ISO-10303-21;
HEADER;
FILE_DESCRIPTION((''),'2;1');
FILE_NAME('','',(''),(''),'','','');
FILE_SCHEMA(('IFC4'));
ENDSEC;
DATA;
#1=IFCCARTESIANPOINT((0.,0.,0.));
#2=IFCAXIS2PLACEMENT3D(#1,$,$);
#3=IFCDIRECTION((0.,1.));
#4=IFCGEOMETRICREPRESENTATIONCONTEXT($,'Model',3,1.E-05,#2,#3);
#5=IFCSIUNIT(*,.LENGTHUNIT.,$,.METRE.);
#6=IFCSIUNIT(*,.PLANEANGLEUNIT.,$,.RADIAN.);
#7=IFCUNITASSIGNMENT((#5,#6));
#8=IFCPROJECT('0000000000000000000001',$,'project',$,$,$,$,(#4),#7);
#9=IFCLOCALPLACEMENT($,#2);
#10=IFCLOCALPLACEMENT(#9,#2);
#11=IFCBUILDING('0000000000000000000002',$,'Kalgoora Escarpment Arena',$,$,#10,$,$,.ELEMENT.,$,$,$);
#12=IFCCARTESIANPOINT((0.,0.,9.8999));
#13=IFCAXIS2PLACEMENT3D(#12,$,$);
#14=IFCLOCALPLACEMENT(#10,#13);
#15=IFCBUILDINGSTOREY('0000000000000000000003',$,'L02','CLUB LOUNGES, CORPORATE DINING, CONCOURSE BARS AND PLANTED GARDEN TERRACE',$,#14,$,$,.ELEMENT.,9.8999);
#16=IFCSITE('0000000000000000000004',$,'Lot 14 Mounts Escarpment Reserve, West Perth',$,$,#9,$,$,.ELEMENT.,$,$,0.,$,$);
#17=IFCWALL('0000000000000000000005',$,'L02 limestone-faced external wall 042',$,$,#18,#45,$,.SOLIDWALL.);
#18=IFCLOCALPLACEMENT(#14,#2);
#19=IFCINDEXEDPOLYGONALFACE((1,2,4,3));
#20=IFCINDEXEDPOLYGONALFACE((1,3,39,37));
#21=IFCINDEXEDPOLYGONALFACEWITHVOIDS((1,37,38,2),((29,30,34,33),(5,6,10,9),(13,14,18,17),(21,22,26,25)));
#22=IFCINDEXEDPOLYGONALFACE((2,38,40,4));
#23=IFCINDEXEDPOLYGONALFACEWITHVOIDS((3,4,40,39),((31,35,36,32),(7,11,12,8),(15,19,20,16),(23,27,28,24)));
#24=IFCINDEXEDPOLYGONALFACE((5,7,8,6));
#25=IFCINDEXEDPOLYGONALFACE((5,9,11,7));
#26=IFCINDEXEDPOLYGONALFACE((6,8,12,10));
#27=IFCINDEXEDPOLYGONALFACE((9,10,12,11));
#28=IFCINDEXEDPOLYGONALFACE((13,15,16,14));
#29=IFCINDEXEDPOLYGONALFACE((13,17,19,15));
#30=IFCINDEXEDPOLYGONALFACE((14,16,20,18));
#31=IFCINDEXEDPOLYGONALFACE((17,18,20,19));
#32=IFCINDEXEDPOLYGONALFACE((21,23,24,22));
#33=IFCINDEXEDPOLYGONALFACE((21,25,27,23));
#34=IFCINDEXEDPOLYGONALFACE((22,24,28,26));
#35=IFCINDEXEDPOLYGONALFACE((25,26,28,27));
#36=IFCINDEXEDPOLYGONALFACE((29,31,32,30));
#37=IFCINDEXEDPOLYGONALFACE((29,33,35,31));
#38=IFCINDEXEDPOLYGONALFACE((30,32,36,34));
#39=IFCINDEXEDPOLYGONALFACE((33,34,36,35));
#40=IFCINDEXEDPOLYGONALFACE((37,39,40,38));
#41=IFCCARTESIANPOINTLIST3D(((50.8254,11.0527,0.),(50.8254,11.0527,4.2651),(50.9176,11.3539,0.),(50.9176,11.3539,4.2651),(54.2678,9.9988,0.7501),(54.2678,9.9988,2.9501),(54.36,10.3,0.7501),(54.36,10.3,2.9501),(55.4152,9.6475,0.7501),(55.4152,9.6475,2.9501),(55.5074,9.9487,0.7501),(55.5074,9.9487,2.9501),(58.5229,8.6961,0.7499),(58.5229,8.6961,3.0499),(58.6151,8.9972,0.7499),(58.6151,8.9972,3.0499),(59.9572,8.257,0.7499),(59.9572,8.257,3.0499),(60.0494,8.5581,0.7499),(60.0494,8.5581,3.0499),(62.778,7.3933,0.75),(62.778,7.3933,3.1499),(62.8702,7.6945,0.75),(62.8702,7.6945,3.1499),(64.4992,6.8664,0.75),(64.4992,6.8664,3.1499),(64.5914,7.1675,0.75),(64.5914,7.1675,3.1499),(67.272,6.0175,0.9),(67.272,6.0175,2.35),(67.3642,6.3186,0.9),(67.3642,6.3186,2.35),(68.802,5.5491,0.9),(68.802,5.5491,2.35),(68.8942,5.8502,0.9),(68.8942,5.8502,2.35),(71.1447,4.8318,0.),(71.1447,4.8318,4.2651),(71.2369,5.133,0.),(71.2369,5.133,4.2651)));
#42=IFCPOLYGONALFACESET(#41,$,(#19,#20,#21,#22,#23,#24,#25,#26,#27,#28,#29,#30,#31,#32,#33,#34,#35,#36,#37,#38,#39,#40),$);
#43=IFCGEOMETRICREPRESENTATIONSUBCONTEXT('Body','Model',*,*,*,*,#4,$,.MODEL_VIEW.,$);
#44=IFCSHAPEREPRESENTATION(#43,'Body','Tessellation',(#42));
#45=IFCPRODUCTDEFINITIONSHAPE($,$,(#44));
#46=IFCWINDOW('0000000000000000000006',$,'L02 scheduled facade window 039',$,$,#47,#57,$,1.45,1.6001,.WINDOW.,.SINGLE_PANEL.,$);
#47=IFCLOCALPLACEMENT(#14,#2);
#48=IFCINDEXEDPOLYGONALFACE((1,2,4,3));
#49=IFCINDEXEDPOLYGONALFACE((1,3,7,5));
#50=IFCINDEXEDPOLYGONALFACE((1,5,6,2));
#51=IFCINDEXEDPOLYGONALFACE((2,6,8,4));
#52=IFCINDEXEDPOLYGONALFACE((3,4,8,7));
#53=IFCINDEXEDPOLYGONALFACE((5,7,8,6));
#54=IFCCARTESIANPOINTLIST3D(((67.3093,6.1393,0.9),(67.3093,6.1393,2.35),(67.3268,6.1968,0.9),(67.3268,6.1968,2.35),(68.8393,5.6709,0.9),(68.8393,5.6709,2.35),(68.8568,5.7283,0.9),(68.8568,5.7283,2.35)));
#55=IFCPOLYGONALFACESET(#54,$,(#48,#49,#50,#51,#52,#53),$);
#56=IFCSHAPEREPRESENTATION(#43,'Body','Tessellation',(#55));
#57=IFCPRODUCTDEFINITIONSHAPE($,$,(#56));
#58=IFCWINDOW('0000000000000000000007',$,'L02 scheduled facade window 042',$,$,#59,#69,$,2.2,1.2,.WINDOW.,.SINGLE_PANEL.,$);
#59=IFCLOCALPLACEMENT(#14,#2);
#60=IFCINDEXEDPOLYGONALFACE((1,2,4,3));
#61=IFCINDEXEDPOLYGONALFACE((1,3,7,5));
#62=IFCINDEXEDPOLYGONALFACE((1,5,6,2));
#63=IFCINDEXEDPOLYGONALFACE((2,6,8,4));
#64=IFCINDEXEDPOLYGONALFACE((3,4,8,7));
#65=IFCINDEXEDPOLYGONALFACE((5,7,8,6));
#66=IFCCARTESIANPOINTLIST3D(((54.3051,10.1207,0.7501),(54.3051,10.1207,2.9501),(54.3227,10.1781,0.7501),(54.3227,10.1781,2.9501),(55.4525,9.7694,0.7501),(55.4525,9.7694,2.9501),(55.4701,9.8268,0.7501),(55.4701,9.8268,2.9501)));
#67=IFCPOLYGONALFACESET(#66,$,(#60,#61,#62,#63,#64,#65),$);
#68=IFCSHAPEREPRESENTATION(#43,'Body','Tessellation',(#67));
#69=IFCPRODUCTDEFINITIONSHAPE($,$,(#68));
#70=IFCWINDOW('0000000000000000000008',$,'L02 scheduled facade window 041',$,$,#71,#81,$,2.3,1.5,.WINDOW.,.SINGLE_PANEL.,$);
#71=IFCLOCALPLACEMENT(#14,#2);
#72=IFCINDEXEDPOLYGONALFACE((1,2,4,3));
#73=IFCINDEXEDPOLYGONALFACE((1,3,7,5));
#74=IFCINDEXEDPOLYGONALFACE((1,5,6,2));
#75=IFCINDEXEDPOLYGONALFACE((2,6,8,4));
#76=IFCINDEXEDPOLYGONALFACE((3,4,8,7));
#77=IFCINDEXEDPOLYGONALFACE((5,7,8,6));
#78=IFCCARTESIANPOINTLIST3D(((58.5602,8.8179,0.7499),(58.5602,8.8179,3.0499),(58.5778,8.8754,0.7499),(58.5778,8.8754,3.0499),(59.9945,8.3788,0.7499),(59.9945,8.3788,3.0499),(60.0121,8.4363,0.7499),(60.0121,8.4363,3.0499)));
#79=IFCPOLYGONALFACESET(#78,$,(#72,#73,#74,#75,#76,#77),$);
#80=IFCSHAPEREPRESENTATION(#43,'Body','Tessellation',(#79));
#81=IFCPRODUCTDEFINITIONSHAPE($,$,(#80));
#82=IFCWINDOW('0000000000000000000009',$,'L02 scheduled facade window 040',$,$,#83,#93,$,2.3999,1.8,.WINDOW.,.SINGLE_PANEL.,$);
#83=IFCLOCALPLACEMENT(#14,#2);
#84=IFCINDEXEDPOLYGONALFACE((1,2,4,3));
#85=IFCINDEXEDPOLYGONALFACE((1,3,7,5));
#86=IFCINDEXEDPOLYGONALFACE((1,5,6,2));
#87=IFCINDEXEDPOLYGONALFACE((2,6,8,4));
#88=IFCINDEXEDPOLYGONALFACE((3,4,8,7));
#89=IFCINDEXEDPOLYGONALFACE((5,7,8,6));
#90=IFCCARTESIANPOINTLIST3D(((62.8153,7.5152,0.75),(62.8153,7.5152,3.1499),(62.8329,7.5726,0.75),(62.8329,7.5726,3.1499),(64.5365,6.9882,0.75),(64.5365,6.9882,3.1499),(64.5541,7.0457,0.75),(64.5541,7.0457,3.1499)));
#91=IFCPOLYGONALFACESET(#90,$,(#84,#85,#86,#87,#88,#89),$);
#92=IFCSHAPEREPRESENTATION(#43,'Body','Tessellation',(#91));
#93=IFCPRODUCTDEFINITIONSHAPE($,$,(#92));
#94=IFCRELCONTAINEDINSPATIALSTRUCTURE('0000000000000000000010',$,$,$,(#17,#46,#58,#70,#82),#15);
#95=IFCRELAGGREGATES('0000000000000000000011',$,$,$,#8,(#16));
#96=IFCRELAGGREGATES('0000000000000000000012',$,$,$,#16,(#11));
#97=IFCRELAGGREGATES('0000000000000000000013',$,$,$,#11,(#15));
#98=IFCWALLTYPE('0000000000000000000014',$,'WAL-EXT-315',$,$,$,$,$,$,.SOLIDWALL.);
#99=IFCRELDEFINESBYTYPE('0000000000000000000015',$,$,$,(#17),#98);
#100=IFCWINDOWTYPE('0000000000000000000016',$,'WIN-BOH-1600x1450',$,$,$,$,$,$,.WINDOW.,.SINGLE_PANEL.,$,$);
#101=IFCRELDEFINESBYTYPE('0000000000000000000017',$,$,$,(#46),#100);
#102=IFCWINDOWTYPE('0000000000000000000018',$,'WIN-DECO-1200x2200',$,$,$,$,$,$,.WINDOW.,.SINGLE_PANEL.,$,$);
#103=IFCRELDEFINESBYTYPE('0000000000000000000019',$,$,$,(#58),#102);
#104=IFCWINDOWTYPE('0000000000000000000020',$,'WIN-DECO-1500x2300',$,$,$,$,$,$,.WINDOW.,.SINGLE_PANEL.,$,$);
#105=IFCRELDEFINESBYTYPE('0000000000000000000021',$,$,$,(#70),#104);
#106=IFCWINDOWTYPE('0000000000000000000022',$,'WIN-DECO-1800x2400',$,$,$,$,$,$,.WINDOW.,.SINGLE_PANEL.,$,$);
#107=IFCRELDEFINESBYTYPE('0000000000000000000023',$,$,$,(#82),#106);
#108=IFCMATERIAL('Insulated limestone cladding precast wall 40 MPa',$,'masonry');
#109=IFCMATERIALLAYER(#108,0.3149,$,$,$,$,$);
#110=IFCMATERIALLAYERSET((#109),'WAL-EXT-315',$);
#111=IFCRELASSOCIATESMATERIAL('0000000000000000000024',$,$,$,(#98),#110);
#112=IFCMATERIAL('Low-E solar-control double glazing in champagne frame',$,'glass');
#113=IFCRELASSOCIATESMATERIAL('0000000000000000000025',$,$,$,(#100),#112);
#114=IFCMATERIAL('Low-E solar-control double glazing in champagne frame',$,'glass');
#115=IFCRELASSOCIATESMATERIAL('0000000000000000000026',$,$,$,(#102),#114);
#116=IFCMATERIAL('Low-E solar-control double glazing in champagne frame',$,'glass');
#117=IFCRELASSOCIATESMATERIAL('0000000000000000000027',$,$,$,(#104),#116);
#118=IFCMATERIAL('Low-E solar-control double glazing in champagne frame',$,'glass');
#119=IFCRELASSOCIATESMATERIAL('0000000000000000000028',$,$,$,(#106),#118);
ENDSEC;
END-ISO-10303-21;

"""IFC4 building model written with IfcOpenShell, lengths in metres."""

from ifc_helpers import new_model, si_unit, direction, frame, frame_2d, origin, place, context, subcontext, project, spatial, rectangle, extrude, material, layer, layer_set, type_object, element, fill, save


model = new_model("IFC4")

# Units and contexts
model_context = context("Model", 3, precision=1e-05, world=origin(), true_north=direction((0.0, 1.0)))
body_context = subcontext(model_context, "Body", "Model", "MODEL_VIEW")
ifc_project = project(units=[si_unit("LENGTHUNIT", "METRE"), si_unit("PLANEANGLEUNIT", "RADIAN")], contexts=[model_context])

# Site, building, storey
site_placement = place(None, origin())
site = spatial("IfcSite", under=ifc_project, at=site_placement, Name="Lot 14 Mounts Escarpment Reserve, West Perth", CompositionType="ELEMENT", RefElevation=0.0)
building_placement = place(site_placement, origin())
building = spatial("IfcBuilding", under=site, at=building_placement, Name="Kalgoora Escarpment Arena", CompositionType="ELEMENT")
storey_placement = place(building_placement, frame((0.0, 0.0, 9.8999)))
storey = spatial("IfcBuildingStorey", under=building, at=storey_placement, Name="L02", Description="CLUB LOUNGES, CORPORATE DINING, CONCOURSE BARS AND PLANTED GARDEN TERRACE", CompositionType="ELEMENT", Elevation=9.8999)

# Wall, openings, windows
ifc_material_1 = material(Name="Insulated limestone cladding precast wall 40 MPa", Category="masonry")
ifc_layer_1 = layer(ifc_material_1, 0.3149)
ifc_layer_set_1 = layer_set([ifc_layer_1], Name="WAL-EXT-315")
wall_type = type_object("IfcWallType", Name="WAL-EXT-315", PredefinedType="SOLIDWALL", material=ifc_layer_set_1)
wall_placement = place(storey_placement, frame((71.1907, 4.9824, 0.0), z_axis=(0.0, 0.0, 1.0), x_axis=(-0.95619, 0.292746, 0.0)))
wall = element("IfcWall", 1, at=wall_placement, inside=storey, type_object=wall_type, Name="L02 limestone-faced external wall 042", PredefinedType="SOLIDWALL", context=body_context, shape_type="SweptSolid", body=[
    extrude(rectangle(XDim=21.2502, YDim=0.3149, at=frame_2d((10.625, 0.0))), origin(), (0.0, 0.0, 1.0), 4.2651),
])
opening_1_placement = place(wall_placement, frame((2.45, 0.0, 0.8999)))
opening_1 = element("IfcOpeningElement", 2, at=opening_1_placement, cuts=wall, PredefinedType="OPENING", context=body_context, shape_type="SweptSolid", body=[
    extrude(rectangle(XDim=1.6001, YDim=1.45, at=frame_2d((0.8, 0.7251))), frame((0.0, 0.1675, 0.0), z_axis=(0.0, -1.0, 0.0), x_axis=(1.0, 0.0, 0.0)), (0.0, 0.0, 1.0), 0.335),
])
opening_2_placement = place(wall_placement, frame((6.95, 0.0, 0.75)))
opening_2 = element("IfcOpeningElement", 3, at=opening_2_placement, cuts=wall, PredefinedType="OPENING", context=body_context, shape_type="SweptSolid", body=[
    extrude(rectangle(XDim=1.8, YDim=2.3999, at=frame_2d((0.8999, 1.2))), frame((0.0, 0.1675, 0.0), z_axis=(0.0, -1.0, 0.0), x_axis=(1.0, 0.0, 0.0)), (0.0, 0.0, 1.0), 0.335),
])
opening_3_placement = place(wall_placement, frame((11.7, 0.0, 0.75)))
opening_3 = element("IfcOpeningElement", 4, at=opening_3_placement, cuts=wall, PredefinedType="OPENING", context=body_context, shape_type="SweptSolid", body=[
    extrude(rectangle(XDim=1.5, YDim=2.3, at=frame_2d((0.75, 1.1499))), frame((0.0, 0.1675, 0.0), z_axis=(0.0, -1.0, 0.0), x_axis=(1.0, 0.0, 0.0)), (0.0, 0.0, 1.0), 0.335),
])
opening_4_placement = place(wall_placement, frame((16.45, 0.0, 0.75)))
opening_4 = element("IfcOpeningElement", 5, at=opening_4_placement, cuts=wall, PredefinedType="OPENING", context=body_context, shape_type="SweptSolid", body=[
    extrude(rectangle(XDim=1.2, YDim=2.2, at=frame_2d((0.6001, 1.1001))), frame((0.0, 0.1675, 0.0), z_axis=(0.0, -1.0, 0.0), x_axis=(1.0, 0.0, 0.0)), (0.0, 0.0, 1.0), 0.335),
])
ifc_material_2 = material(Name="Low-E solar-control double glazing in champagne frame", Category="glass")
window_type_1 = type_object("IfcWindowType", Name="WIN-BOH-1600x1450", PartitioningType="SINGLE_PANEL", PredefinedType="WINDOW", material=ifc_material_2)
window_1_placement = place(opening_1_placement, origin())
window_1 = element("IfcWindow", 6, at=window_1_placement, inside=storey, type_object=window_type_1, Name="L02 scheduled facade window 039", OverallHeight=1.45, OverallWidth=1.6001, PartitioningType="SINGLE_PANEL", PredefinedType="WINDOW", context=body_context, shape_type="SweptSolid", body=[
    extrude(rectangle(XDim=1.6001, YDim=1.45, at=frame_2d((0.8, 0.7251))), frame((0.0, 0.03, 0.0), z_axis=(0.0, -1.0, 0.0), x_axis=(1.0, 0.0, 0.0)), (0.0, 0.0, 1.0), 0.0601),
])
fill(opening_1, window_1)
ifc_material_3 = material(Name="Low-E solar-control double glazing in champagne frame", Category="glass")
window_type_2 = type_object("IfcWindowType", Name="WIN-DECO-1200x2200", PartitioningType="SINGLE_PANEL", PredefinedType="WINDOW", material=ifc_material_3)
window_2_placement = place(opening_4_placement, origin())
window_2 = element("IfcWindow", 7, at=window_2_placement, inside=storey, type_object=window_type_2, Name="L02 scheduled facade window 042", OverallHeight=2.2, OverallWidth=1.2, PartitioningType="SINGLE_PANEL", PredefinedType="WINDOW", context=body_context, shape_type="SweptSolid", body=[
    extrude(rectangle(XDim=1.2, YDim=2.2, at=frame_2d((0.6001, 1.1001))), frame((0.0, 0.03, 0.0), z_axis=(0.0, -1.0, 0.0), x_axis=(1.0, 0.0, 0.0)), (0.0, 0.0, 1.0), 0.0601),
])
fill(opening_4, window_2)
ifc_material_4 = material(Name="Low-E solar-control double glazing in champagne frame", Category="glass")
window_type_3 = type_object("IfcWindowType", Name="WIN-DECO-1500x2300", PartitioningType="SINGLE_PANEL", PredefinedType="WINDOW", material=ifc_material_4)
window_3_placement = place(opening_3_placement, origin())
window_3 = element("IfcWindow", 8, at=window_3_placement, inside=storey, type_object=window_type_3, Name="L02 scheduled facade window 041", OverallHeight=2.3, OverallWidth=1.5, PartitioningType="SINGLE_PANEL", PredefinedType="WINDOW", context=body_context, shape_type="SweptSolid", body=[
    extrude(rectangle(XDim=1.5, YDim=2.3, at=frame_2d((0.75, 1.1499))), frame((0.0, 0.03, 0.0), z_axis=(0.0, -1.0, 0.0), x_axis=(1.0, 0.0, 0.0)), (0.0, 0.0, 1.0), 0.0601),
])
fill(opening_3, window_3)
ifc_material_5 = material(Name="Low-E solar-control double glazing in champagne frame", Category="glass")
window_type_4 = type_object("IfcWindowType", Name="WIN-DECO-1800x2400", PartitioningType="SINGLE_PANEL", PredefinedType="WINDOW", material=ifc_material_5)
window_4_placement = place(opening_2_placement, origin())
window_4 = element("IfcWindow", 9, at=window_4_placement, inside=storey, type_object=window_type_4, Name="L02 scheduled facade window 040", OverallHeight=2.3999, OverallWidth=1.8, PartitioningType="SINGLE_PANEL", PredefinedType="WINDOW", context=body_context, shape_type="SweptSolid", body=[
    extrude(rectangle(XDim=1.8, YDim=2.3999, at=frame_2d((0.8999, 1.2))), frame((0.0, 0.03, 0.0), z_axis=(0.0, -1.0, 0.0), x_axis=(1.0, 0.0, 0.0)), (0.0, 0.0, 1.0), 0.0601),
])
fill(opening_2, window_4)

save(model, "model.ifc")
